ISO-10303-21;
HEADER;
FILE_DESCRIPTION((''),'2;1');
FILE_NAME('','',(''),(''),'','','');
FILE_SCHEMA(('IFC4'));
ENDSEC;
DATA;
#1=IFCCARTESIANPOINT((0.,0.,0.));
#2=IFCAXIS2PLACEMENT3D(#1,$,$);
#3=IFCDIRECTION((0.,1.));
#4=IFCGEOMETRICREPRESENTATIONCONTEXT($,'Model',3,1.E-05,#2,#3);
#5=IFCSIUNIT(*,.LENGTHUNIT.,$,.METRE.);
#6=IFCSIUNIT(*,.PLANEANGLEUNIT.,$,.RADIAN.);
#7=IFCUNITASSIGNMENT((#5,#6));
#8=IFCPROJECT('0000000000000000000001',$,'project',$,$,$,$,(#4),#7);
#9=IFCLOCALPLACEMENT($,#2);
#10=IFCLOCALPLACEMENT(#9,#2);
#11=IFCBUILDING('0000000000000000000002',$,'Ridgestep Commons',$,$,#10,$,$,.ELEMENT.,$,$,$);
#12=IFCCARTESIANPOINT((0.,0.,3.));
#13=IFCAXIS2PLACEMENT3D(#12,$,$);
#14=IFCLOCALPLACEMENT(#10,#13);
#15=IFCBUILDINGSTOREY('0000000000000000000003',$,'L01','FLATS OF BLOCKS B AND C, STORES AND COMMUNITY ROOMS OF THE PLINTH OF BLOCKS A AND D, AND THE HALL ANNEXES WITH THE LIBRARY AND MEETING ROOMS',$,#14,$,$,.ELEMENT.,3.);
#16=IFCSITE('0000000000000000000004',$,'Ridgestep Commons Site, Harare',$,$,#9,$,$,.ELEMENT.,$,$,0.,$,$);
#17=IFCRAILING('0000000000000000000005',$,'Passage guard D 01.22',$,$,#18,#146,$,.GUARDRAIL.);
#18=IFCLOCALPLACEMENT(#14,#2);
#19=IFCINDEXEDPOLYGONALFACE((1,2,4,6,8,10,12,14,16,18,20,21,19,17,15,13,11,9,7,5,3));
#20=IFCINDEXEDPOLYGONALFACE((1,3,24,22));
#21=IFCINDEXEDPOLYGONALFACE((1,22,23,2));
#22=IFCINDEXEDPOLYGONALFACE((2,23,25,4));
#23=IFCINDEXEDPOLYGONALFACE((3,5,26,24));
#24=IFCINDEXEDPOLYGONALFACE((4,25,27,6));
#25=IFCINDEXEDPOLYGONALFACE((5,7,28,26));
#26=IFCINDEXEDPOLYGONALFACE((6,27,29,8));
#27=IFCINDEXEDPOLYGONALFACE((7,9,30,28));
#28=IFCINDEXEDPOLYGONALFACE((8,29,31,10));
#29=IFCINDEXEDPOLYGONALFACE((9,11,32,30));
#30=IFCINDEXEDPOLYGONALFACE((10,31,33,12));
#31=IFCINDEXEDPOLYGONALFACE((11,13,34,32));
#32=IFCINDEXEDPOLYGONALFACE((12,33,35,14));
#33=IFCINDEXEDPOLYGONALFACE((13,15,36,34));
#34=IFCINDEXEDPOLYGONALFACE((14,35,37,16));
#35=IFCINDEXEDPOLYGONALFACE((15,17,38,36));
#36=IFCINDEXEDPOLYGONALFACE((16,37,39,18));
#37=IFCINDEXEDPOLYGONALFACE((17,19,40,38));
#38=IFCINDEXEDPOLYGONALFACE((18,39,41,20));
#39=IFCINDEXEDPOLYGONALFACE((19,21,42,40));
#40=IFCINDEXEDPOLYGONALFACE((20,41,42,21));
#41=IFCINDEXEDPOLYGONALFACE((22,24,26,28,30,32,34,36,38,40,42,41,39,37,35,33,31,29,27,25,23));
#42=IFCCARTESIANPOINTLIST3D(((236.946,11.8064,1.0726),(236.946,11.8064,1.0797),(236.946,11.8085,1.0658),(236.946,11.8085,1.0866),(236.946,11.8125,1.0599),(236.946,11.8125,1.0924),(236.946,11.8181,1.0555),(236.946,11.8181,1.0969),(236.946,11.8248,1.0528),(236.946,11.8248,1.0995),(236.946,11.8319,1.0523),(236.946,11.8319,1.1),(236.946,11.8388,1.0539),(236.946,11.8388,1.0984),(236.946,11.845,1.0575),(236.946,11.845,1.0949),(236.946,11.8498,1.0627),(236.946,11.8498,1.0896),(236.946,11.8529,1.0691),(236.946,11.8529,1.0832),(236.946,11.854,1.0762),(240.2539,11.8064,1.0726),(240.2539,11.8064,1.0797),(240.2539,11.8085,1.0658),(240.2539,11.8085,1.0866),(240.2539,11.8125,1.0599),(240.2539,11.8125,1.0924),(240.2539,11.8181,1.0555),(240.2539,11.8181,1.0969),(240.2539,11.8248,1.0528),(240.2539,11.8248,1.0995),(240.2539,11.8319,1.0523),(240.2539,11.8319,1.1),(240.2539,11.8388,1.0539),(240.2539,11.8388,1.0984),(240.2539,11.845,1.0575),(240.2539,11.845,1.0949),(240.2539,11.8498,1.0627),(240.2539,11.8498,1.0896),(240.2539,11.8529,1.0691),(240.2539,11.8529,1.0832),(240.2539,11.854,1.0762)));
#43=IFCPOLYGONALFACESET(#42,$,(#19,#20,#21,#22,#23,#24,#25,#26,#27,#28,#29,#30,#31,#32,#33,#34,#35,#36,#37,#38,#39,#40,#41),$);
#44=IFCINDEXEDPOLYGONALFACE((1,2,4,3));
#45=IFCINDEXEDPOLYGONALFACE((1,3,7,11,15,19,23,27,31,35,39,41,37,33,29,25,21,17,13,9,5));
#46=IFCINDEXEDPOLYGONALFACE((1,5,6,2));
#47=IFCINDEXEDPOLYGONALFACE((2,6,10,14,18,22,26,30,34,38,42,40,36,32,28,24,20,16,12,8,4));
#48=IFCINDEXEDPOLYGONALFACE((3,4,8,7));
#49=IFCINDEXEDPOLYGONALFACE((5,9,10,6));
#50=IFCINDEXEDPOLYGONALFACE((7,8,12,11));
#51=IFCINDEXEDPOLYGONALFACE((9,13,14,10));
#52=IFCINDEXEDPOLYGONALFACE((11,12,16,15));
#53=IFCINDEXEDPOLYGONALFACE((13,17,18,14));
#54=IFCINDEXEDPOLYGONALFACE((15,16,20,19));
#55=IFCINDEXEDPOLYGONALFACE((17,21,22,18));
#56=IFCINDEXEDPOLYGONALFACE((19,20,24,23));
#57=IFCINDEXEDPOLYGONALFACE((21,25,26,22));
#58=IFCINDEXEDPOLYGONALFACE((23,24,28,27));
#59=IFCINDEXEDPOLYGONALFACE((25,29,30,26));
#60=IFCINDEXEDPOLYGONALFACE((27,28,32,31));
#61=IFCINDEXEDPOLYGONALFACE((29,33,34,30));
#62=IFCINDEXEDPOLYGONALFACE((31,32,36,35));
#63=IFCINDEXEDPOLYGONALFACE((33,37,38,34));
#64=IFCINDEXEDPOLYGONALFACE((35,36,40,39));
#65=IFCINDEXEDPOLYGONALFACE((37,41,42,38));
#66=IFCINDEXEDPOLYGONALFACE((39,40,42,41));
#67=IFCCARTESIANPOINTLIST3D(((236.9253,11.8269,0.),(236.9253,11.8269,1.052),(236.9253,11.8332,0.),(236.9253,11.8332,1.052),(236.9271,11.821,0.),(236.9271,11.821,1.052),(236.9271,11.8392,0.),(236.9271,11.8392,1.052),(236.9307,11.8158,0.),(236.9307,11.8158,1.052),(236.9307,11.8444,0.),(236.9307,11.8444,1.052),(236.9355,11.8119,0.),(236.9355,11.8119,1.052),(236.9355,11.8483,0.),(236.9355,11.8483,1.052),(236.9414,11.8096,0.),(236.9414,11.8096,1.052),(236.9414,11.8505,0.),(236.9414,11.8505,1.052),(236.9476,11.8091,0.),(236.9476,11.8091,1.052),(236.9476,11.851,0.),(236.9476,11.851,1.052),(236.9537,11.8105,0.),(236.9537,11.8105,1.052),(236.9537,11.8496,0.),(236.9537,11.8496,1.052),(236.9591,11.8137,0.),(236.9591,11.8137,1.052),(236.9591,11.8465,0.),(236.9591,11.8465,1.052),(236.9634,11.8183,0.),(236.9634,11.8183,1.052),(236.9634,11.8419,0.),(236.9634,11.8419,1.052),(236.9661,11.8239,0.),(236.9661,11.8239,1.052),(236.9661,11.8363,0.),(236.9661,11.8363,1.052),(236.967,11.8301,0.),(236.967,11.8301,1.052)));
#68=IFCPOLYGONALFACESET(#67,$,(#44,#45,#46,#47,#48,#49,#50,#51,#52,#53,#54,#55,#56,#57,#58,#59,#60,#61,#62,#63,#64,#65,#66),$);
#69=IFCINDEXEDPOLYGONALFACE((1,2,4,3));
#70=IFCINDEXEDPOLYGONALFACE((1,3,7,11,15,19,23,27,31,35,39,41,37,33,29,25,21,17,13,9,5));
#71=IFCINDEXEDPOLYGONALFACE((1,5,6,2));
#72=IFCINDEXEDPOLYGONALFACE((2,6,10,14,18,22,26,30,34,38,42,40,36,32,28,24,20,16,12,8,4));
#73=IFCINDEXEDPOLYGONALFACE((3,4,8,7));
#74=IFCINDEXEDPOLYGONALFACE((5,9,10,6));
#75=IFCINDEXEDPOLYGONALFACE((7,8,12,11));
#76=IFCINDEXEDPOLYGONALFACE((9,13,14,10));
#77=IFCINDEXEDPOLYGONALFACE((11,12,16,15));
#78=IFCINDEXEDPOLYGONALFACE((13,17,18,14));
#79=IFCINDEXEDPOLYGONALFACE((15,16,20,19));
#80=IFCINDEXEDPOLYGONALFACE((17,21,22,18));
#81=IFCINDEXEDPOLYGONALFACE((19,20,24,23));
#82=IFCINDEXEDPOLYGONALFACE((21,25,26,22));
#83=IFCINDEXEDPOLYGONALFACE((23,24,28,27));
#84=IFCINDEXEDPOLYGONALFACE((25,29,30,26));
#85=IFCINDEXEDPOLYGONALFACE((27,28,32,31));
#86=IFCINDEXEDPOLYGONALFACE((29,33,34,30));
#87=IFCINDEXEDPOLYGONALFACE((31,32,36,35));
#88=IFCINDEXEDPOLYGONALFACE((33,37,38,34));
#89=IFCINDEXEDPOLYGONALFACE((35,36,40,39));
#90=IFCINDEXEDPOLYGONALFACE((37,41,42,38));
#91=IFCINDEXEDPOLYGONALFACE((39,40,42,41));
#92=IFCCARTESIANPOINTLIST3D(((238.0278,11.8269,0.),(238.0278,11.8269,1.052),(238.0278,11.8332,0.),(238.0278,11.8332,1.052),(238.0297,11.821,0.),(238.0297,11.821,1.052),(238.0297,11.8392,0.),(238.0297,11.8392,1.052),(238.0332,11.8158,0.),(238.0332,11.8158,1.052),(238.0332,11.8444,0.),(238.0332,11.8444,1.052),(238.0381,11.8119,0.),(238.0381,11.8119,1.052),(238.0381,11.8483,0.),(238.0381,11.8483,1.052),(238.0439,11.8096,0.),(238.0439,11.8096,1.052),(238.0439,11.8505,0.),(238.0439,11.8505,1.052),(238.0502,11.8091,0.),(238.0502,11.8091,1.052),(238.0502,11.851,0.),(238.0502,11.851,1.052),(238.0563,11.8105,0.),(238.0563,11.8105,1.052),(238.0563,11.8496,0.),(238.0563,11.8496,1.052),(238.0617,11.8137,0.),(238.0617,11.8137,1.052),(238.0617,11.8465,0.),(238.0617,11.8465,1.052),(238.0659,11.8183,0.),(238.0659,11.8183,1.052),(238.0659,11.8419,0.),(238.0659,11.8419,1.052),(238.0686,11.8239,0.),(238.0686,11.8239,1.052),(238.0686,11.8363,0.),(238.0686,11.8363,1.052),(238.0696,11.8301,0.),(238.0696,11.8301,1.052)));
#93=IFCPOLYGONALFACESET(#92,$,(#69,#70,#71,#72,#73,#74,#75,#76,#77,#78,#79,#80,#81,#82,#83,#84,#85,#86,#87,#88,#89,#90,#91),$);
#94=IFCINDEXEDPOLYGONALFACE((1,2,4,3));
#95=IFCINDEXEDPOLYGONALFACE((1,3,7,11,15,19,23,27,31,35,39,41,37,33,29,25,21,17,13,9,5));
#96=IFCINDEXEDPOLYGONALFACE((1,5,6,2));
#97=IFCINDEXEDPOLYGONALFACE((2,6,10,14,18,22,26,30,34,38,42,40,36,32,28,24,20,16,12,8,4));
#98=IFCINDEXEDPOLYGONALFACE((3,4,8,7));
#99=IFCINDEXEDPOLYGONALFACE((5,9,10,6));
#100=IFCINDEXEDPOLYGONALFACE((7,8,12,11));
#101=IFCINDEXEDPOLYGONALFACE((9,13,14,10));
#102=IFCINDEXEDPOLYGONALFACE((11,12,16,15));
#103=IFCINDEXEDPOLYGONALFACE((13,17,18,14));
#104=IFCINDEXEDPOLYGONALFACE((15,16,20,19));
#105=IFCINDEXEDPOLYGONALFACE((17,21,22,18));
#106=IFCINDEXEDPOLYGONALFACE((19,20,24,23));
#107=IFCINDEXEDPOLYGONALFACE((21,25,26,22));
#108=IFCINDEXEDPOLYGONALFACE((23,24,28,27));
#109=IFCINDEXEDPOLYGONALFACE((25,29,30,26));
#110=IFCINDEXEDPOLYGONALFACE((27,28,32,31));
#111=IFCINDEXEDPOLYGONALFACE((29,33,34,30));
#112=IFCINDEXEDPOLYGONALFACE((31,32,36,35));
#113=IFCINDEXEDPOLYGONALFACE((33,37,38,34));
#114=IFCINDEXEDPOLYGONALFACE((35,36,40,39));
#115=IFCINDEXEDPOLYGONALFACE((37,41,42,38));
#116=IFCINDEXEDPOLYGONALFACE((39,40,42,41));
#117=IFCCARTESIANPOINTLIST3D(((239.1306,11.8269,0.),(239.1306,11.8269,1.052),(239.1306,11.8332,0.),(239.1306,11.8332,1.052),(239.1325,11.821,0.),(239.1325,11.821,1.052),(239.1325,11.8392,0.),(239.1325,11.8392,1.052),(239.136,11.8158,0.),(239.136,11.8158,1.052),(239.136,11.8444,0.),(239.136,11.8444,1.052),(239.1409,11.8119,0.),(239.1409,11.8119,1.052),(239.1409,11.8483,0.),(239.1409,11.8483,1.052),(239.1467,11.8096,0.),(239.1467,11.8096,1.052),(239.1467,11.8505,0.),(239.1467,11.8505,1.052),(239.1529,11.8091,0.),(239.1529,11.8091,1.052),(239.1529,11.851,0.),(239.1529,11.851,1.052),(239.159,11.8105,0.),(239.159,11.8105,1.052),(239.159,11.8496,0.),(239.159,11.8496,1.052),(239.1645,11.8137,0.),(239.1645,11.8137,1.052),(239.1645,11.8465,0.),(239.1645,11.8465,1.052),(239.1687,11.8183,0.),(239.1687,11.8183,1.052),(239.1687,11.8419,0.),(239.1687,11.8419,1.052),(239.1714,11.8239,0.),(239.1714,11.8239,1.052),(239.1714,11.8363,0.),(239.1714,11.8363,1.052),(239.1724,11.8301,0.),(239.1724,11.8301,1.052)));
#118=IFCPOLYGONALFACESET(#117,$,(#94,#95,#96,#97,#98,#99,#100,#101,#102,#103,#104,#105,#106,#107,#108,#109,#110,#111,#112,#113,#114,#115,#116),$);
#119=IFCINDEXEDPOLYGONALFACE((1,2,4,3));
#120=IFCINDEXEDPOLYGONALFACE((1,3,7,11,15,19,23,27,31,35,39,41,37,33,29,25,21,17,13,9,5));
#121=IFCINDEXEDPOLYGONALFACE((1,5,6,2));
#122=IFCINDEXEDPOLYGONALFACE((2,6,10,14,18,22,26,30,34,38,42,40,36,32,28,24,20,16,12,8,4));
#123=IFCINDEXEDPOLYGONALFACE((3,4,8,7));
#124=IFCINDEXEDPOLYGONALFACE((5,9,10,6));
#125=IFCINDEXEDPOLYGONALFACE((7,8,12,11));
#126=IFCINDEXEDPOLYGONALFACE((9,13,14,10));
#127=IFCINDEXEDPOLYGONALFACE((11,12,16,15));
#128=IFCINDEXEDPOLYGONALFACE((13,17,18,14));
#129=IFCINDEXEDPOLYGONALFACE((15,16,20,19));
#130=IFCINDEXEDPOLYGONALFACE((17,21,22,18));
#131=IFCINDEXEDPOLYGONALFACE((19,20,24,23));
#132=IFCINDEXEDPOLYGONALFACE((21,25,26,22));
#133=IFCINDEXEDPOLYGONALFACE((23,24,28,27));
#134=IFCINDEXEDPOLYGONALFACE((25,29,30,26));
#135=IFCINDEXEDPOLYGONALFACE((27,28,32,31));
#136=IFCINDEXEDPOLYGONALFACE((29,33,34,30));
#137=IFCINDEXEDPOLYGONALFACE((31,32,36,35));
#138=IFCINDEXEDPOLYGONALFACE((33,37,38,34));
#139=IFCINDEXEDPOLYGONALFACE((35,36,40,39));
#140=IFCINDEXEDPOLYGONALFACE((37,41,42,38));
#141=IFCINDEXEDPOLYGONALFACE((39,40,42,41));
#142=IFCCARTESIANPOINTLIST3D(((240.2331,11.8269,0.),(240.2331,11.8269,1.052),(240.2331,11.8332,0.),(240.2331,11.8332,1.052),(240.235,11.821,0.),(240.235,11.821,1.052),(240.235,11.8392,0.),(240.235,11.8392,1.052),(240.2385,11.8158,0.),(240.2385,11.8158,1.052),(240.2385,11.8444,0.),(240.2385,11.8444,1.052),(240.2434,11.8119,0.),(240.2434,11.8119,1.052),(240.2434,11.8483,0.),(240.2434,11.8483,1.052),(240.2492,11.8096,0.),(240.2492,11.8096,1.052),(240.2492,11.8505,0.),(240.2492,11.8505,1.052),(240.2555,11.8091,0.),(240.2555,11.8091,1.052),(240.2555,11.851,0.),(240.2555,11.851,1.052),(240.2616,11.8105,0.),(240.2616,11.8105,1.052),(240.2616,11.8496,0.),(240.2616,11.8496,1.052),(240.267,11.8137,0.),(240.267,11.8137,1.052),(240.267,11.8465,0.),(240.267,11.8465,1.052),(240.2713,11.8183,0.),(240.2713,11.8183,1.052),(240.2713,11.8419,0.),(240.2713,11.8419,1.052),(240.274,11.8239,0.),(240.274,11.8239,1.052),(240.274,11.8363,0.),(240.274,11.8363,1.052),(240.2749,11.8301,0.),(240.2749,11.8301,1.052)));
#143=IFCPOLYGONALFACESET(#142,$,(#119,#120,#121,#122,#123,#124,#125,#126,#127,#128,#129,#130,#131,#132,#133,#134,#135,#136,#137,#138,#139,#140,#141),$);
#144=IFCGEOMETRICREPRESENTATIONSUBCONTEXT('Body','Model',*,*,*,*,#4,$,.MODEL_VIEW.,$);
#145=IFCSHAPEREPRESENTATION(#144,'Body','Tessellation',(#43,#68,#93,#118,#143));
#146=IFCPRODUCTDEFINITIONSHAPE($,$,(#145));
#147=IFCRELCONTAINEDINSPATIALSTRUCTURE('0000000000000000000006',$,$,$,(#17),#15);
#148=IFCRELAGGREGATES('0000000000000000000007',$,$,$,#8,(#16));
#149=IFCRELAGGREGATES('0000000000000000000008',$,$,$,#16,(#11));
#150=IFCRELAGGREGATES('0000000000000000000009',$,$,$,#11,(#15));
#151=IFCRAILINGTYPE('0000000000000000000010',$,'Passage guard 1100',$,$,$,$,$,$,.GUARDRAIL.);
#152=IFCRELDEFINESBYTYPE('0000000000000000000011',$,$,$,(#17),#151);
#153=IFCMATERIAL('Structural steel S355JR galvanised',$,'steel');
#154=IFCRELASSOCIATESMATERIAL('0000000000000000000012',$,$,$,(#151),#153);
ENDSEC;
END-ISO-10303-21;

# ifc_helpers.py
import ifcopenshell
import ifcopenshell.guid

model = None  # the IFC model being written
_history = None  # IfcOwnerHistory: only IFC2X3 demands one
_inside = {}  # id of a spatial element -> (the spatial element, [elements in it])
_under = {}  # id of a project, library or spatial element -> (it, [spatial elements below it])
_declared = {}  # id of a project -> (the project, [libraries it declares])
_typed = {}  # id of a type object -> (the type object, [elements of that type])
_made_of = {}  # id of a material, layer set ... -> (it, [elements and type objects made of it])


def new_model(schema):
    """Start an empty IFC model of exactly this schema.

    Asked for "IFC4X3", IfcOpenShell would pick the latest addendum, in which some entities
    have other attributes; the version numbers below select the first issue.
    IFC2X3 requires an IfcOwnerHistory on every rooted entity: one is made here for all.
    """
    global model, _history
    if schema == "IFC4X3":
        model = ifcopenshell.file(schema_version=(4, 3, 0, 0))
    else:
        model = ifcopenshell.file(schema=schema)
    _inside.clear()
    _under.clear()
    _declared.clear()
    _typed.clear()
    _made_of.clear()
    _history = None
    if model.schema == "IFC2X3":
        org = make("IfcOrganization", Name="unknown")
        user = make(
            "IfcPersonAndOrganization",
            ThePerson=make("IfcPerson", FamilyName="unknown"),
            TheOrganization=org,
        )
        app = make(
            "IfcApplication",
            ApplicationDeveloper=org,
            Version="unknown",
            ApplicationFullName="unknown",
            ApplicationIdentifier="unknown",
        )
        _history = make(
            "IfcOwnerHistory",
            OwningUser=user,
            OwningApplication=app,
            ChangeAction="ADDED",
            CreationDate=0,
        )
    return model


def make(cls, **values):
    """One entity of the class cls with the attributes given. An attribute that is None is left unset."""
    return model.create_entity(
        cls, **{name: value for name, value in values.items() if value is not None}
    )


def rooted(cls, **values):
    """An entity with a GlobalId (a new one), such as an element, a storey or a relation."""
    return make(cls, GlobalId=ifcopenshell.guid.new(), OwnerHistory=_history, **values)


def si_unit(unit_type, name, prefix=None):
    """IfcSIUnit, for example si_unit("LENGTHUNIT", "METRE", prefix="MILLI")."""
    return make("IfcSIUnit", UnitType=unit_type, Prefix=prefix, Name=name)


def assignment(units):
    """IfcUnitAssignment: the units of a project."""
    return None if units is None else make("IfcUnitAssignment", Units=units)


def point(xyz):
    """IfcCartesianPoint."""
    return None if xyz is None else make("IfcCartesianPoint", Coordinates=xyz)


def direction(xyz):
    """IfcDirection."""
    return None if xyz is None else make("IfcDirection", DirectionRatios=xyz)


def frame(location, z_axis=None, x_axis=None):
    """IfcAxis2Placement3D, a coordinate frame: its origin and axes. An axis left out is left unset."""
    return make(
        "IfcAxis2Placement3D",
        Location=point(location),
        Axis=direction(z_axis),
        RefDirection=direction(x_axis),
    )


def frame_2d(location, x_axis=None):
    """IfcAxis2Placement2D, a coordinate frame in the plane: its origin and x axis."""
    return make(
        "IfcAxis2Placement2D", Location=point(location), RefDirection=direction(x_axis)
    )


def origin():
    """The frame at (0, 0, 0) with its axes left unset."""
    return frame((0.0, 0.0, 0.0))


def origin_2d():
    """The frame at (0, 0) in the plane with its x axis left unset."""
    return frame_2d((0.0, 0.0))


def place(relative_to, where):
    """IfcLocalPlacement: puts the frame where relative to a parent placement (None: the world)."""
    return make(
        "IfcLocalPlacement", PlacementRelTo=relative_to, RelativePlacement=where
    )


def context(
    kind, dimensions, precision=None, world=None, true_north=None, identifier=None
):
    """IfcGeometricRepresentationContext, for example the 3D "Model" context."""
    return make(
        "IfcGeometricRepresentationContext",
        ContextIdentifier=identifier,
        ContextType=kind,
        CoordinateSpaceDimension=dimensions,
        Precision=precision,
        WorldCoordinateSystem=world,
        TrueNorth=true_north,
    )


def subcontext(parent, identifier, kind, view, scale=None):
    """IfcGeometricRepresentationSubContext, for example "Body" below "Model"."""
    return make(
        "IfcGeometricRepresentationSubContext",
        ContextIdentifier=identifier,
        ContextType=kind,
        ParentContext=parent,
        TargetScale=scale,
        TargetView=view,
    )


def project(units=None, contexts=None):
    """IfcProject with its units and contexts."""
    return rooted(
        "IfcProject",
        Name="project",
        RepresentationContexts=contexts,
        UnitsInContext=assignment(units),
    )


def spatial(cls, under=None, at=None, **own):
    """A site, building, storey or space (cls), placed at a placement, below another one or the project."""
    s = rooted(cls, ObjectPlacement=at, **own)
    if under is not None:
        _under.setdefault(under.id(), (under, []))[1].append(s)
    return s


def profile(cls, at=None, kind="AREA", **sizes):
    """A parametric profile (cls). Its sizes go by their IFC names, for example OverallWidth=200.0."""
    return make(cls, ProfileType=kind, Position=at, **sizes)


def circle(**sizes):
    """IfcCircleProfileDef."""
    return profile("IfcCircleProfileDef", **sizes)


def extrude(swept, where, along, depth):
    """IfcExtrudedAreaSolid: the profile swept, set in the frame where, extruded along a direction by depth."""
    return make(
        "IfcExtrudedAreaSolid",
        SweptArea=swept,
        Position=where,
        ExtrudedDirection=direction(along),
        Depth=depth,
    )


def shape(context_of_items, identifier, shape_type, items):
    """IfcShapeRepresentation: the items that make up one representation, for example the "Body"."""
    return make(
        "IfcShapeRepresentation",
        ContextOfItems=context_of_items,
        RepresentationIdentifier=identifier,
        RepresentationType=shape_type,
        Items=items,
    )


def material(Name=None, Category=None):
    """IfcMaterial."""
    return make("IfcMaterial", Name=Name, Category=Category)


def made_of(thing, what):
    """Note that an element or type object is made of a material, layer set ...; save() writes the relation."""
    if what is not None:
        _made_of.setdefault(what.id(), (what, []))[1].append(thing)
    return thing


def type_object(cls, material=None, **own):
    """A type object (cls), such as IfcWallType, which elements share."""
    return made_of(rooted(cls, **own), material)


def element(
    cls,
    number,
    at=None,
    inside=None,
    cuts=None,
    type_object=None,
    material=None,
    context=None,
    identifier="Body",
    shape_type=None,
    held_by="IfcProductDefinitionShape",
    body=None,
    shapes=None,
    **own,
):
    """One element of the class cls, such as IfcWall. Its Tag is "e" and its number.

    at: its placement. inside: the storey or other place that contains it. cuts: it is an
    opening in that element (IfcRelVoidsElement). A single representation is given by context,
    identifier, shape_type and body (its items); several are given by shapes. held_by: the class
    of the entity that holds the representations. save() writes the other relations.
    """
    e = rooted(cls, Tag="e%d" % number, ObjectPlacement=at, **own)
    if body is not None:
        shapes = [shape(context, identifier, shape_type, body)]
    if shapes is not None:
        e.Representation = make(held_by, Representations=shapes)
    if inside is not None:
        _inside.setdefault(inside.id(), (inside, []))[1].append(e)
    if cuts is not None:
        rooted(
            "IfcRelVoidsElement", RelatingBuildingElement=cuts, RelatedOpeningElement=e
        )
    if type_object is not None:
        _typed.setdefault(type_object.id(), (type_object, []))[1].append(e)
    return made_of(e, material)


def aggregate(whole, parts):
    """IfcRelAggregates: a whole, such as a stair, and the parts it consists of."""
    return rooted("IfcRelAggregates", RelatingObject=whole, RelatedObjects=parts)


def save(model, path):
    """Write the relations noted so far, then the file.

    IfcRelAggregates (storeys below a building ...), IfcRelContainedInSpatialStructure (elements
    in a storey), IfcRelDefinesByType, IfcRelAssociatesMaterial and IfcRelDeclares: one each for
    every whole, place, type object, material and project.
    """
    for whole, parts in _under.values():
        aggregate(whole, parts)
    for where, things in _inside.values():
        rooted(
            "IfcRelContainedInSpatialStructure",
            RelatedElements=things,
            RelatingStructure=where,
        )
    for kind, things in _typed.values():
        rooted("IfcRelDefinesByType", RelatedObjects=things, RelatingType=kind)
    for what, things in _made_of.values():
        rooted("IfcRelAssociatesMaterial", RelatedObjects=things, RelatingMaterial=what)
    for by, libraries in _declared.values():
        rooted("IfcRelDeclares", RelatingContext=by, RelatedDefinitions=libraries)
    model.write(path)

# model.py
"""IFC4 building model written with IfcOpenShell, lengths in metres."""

from ifc_helpers import new_model, si_unit, direction, frame, origin, origin_2d, place, context, subcontext, project, spatial, circle, extrude, material, type_object, element, save


model = new_model("IFC4")

# Units and contexts
model_context = context("Model", 3, precision=1e-05, world=origin(), true_north=direction((0.0, 1.0)))
body_context = subcontext(model_context, "Body", "Model", "MODEL_VIEW")
ifc_project = project(units=[si_unit("LENGTHUNIT", "METRE"), si_unit("PLANEANGLEUNIT", "RADIAN")], contexts=[model_context])

# Site, building, storey
site_placement = place(None, origin())
site = spatial("IfcSite", under=ifc_project, at=site_placement, Name="Ridgestep Commons Site, Harare", CompositionType="ELEMENT", RefElevation=0.0)
building_placement = place(site_placement, origin())
building = spatial("IfcBuilding", under=site, at=building_placement, Name="Ridgestep Commons", CompositionType="ELEMENT")
storey_placement = place(building_placement, frame((0.0, 0.0, 3.0)))
storey = spatial("IfcBuildingStorey", under=building, at=storey_placement, Name="L01", Description="FLATS OF BLOCKS B AND C, STORES AND COMMUNITY ROOMS OF THE PLINTH OF BLOCKS A AND D, AND THE HALL ANNEXES WITH THE LIBRARY AND MEETING ROOMS", CompositionType="ELEMENT", Elevation=3.0)

# Railing
ifc_material_1 = material(Name="Structural steel S355JR galvanised", Category="steel")
railing_type = type_object("IfcRailingType", Name="Passage guard 1100", PredefinedType="GUARDRAIL", material=ifc_material_1)
railing_1_placement = place(storey_placement, frame((236.946, 11.8301, 0.0)))
element("IfcRailing", 1, at=railing_1_placement, inside=storey, type_object=railing_type, Name="Passage guard D 01.22", PredefinedType="GUARDRAIL", context=body_context, shape_type="SweptSolid", body=[
    extrude(circle(Radius=0.0239, at=origin_2d()), frame((0.0, 0.0, 1.0762), z_axis=(1.0, 0.0, 0.0), x_axis=(0.0, 1.0, 0.0)), (0.0, 0.0, 1.0), 3.3079),
    extrude(circle(Radius=0.021, at=origin_2d()), origin(), (0.0, 0.0, 1.0), 1.052),
    extrude(circle(Radius=0.021, at=origin_2d()), frame((1.1025, 0.0, 0.0)), (0.0, 0.0, 1.0), 1.052),
    extrude(circle(Radius=0.021, at=origin_2d()), frame((2.2053, 0.0, 0.0)), (0.0, 0.0, 1.0), 1.052),
    extrude(circle(Radius=0.021, at=origin_2d()), frame((3.3079, 0.0, 0.0)), (0.0, 0.0, 1.0), 1.052),
])

save(model, "model.ifc")
